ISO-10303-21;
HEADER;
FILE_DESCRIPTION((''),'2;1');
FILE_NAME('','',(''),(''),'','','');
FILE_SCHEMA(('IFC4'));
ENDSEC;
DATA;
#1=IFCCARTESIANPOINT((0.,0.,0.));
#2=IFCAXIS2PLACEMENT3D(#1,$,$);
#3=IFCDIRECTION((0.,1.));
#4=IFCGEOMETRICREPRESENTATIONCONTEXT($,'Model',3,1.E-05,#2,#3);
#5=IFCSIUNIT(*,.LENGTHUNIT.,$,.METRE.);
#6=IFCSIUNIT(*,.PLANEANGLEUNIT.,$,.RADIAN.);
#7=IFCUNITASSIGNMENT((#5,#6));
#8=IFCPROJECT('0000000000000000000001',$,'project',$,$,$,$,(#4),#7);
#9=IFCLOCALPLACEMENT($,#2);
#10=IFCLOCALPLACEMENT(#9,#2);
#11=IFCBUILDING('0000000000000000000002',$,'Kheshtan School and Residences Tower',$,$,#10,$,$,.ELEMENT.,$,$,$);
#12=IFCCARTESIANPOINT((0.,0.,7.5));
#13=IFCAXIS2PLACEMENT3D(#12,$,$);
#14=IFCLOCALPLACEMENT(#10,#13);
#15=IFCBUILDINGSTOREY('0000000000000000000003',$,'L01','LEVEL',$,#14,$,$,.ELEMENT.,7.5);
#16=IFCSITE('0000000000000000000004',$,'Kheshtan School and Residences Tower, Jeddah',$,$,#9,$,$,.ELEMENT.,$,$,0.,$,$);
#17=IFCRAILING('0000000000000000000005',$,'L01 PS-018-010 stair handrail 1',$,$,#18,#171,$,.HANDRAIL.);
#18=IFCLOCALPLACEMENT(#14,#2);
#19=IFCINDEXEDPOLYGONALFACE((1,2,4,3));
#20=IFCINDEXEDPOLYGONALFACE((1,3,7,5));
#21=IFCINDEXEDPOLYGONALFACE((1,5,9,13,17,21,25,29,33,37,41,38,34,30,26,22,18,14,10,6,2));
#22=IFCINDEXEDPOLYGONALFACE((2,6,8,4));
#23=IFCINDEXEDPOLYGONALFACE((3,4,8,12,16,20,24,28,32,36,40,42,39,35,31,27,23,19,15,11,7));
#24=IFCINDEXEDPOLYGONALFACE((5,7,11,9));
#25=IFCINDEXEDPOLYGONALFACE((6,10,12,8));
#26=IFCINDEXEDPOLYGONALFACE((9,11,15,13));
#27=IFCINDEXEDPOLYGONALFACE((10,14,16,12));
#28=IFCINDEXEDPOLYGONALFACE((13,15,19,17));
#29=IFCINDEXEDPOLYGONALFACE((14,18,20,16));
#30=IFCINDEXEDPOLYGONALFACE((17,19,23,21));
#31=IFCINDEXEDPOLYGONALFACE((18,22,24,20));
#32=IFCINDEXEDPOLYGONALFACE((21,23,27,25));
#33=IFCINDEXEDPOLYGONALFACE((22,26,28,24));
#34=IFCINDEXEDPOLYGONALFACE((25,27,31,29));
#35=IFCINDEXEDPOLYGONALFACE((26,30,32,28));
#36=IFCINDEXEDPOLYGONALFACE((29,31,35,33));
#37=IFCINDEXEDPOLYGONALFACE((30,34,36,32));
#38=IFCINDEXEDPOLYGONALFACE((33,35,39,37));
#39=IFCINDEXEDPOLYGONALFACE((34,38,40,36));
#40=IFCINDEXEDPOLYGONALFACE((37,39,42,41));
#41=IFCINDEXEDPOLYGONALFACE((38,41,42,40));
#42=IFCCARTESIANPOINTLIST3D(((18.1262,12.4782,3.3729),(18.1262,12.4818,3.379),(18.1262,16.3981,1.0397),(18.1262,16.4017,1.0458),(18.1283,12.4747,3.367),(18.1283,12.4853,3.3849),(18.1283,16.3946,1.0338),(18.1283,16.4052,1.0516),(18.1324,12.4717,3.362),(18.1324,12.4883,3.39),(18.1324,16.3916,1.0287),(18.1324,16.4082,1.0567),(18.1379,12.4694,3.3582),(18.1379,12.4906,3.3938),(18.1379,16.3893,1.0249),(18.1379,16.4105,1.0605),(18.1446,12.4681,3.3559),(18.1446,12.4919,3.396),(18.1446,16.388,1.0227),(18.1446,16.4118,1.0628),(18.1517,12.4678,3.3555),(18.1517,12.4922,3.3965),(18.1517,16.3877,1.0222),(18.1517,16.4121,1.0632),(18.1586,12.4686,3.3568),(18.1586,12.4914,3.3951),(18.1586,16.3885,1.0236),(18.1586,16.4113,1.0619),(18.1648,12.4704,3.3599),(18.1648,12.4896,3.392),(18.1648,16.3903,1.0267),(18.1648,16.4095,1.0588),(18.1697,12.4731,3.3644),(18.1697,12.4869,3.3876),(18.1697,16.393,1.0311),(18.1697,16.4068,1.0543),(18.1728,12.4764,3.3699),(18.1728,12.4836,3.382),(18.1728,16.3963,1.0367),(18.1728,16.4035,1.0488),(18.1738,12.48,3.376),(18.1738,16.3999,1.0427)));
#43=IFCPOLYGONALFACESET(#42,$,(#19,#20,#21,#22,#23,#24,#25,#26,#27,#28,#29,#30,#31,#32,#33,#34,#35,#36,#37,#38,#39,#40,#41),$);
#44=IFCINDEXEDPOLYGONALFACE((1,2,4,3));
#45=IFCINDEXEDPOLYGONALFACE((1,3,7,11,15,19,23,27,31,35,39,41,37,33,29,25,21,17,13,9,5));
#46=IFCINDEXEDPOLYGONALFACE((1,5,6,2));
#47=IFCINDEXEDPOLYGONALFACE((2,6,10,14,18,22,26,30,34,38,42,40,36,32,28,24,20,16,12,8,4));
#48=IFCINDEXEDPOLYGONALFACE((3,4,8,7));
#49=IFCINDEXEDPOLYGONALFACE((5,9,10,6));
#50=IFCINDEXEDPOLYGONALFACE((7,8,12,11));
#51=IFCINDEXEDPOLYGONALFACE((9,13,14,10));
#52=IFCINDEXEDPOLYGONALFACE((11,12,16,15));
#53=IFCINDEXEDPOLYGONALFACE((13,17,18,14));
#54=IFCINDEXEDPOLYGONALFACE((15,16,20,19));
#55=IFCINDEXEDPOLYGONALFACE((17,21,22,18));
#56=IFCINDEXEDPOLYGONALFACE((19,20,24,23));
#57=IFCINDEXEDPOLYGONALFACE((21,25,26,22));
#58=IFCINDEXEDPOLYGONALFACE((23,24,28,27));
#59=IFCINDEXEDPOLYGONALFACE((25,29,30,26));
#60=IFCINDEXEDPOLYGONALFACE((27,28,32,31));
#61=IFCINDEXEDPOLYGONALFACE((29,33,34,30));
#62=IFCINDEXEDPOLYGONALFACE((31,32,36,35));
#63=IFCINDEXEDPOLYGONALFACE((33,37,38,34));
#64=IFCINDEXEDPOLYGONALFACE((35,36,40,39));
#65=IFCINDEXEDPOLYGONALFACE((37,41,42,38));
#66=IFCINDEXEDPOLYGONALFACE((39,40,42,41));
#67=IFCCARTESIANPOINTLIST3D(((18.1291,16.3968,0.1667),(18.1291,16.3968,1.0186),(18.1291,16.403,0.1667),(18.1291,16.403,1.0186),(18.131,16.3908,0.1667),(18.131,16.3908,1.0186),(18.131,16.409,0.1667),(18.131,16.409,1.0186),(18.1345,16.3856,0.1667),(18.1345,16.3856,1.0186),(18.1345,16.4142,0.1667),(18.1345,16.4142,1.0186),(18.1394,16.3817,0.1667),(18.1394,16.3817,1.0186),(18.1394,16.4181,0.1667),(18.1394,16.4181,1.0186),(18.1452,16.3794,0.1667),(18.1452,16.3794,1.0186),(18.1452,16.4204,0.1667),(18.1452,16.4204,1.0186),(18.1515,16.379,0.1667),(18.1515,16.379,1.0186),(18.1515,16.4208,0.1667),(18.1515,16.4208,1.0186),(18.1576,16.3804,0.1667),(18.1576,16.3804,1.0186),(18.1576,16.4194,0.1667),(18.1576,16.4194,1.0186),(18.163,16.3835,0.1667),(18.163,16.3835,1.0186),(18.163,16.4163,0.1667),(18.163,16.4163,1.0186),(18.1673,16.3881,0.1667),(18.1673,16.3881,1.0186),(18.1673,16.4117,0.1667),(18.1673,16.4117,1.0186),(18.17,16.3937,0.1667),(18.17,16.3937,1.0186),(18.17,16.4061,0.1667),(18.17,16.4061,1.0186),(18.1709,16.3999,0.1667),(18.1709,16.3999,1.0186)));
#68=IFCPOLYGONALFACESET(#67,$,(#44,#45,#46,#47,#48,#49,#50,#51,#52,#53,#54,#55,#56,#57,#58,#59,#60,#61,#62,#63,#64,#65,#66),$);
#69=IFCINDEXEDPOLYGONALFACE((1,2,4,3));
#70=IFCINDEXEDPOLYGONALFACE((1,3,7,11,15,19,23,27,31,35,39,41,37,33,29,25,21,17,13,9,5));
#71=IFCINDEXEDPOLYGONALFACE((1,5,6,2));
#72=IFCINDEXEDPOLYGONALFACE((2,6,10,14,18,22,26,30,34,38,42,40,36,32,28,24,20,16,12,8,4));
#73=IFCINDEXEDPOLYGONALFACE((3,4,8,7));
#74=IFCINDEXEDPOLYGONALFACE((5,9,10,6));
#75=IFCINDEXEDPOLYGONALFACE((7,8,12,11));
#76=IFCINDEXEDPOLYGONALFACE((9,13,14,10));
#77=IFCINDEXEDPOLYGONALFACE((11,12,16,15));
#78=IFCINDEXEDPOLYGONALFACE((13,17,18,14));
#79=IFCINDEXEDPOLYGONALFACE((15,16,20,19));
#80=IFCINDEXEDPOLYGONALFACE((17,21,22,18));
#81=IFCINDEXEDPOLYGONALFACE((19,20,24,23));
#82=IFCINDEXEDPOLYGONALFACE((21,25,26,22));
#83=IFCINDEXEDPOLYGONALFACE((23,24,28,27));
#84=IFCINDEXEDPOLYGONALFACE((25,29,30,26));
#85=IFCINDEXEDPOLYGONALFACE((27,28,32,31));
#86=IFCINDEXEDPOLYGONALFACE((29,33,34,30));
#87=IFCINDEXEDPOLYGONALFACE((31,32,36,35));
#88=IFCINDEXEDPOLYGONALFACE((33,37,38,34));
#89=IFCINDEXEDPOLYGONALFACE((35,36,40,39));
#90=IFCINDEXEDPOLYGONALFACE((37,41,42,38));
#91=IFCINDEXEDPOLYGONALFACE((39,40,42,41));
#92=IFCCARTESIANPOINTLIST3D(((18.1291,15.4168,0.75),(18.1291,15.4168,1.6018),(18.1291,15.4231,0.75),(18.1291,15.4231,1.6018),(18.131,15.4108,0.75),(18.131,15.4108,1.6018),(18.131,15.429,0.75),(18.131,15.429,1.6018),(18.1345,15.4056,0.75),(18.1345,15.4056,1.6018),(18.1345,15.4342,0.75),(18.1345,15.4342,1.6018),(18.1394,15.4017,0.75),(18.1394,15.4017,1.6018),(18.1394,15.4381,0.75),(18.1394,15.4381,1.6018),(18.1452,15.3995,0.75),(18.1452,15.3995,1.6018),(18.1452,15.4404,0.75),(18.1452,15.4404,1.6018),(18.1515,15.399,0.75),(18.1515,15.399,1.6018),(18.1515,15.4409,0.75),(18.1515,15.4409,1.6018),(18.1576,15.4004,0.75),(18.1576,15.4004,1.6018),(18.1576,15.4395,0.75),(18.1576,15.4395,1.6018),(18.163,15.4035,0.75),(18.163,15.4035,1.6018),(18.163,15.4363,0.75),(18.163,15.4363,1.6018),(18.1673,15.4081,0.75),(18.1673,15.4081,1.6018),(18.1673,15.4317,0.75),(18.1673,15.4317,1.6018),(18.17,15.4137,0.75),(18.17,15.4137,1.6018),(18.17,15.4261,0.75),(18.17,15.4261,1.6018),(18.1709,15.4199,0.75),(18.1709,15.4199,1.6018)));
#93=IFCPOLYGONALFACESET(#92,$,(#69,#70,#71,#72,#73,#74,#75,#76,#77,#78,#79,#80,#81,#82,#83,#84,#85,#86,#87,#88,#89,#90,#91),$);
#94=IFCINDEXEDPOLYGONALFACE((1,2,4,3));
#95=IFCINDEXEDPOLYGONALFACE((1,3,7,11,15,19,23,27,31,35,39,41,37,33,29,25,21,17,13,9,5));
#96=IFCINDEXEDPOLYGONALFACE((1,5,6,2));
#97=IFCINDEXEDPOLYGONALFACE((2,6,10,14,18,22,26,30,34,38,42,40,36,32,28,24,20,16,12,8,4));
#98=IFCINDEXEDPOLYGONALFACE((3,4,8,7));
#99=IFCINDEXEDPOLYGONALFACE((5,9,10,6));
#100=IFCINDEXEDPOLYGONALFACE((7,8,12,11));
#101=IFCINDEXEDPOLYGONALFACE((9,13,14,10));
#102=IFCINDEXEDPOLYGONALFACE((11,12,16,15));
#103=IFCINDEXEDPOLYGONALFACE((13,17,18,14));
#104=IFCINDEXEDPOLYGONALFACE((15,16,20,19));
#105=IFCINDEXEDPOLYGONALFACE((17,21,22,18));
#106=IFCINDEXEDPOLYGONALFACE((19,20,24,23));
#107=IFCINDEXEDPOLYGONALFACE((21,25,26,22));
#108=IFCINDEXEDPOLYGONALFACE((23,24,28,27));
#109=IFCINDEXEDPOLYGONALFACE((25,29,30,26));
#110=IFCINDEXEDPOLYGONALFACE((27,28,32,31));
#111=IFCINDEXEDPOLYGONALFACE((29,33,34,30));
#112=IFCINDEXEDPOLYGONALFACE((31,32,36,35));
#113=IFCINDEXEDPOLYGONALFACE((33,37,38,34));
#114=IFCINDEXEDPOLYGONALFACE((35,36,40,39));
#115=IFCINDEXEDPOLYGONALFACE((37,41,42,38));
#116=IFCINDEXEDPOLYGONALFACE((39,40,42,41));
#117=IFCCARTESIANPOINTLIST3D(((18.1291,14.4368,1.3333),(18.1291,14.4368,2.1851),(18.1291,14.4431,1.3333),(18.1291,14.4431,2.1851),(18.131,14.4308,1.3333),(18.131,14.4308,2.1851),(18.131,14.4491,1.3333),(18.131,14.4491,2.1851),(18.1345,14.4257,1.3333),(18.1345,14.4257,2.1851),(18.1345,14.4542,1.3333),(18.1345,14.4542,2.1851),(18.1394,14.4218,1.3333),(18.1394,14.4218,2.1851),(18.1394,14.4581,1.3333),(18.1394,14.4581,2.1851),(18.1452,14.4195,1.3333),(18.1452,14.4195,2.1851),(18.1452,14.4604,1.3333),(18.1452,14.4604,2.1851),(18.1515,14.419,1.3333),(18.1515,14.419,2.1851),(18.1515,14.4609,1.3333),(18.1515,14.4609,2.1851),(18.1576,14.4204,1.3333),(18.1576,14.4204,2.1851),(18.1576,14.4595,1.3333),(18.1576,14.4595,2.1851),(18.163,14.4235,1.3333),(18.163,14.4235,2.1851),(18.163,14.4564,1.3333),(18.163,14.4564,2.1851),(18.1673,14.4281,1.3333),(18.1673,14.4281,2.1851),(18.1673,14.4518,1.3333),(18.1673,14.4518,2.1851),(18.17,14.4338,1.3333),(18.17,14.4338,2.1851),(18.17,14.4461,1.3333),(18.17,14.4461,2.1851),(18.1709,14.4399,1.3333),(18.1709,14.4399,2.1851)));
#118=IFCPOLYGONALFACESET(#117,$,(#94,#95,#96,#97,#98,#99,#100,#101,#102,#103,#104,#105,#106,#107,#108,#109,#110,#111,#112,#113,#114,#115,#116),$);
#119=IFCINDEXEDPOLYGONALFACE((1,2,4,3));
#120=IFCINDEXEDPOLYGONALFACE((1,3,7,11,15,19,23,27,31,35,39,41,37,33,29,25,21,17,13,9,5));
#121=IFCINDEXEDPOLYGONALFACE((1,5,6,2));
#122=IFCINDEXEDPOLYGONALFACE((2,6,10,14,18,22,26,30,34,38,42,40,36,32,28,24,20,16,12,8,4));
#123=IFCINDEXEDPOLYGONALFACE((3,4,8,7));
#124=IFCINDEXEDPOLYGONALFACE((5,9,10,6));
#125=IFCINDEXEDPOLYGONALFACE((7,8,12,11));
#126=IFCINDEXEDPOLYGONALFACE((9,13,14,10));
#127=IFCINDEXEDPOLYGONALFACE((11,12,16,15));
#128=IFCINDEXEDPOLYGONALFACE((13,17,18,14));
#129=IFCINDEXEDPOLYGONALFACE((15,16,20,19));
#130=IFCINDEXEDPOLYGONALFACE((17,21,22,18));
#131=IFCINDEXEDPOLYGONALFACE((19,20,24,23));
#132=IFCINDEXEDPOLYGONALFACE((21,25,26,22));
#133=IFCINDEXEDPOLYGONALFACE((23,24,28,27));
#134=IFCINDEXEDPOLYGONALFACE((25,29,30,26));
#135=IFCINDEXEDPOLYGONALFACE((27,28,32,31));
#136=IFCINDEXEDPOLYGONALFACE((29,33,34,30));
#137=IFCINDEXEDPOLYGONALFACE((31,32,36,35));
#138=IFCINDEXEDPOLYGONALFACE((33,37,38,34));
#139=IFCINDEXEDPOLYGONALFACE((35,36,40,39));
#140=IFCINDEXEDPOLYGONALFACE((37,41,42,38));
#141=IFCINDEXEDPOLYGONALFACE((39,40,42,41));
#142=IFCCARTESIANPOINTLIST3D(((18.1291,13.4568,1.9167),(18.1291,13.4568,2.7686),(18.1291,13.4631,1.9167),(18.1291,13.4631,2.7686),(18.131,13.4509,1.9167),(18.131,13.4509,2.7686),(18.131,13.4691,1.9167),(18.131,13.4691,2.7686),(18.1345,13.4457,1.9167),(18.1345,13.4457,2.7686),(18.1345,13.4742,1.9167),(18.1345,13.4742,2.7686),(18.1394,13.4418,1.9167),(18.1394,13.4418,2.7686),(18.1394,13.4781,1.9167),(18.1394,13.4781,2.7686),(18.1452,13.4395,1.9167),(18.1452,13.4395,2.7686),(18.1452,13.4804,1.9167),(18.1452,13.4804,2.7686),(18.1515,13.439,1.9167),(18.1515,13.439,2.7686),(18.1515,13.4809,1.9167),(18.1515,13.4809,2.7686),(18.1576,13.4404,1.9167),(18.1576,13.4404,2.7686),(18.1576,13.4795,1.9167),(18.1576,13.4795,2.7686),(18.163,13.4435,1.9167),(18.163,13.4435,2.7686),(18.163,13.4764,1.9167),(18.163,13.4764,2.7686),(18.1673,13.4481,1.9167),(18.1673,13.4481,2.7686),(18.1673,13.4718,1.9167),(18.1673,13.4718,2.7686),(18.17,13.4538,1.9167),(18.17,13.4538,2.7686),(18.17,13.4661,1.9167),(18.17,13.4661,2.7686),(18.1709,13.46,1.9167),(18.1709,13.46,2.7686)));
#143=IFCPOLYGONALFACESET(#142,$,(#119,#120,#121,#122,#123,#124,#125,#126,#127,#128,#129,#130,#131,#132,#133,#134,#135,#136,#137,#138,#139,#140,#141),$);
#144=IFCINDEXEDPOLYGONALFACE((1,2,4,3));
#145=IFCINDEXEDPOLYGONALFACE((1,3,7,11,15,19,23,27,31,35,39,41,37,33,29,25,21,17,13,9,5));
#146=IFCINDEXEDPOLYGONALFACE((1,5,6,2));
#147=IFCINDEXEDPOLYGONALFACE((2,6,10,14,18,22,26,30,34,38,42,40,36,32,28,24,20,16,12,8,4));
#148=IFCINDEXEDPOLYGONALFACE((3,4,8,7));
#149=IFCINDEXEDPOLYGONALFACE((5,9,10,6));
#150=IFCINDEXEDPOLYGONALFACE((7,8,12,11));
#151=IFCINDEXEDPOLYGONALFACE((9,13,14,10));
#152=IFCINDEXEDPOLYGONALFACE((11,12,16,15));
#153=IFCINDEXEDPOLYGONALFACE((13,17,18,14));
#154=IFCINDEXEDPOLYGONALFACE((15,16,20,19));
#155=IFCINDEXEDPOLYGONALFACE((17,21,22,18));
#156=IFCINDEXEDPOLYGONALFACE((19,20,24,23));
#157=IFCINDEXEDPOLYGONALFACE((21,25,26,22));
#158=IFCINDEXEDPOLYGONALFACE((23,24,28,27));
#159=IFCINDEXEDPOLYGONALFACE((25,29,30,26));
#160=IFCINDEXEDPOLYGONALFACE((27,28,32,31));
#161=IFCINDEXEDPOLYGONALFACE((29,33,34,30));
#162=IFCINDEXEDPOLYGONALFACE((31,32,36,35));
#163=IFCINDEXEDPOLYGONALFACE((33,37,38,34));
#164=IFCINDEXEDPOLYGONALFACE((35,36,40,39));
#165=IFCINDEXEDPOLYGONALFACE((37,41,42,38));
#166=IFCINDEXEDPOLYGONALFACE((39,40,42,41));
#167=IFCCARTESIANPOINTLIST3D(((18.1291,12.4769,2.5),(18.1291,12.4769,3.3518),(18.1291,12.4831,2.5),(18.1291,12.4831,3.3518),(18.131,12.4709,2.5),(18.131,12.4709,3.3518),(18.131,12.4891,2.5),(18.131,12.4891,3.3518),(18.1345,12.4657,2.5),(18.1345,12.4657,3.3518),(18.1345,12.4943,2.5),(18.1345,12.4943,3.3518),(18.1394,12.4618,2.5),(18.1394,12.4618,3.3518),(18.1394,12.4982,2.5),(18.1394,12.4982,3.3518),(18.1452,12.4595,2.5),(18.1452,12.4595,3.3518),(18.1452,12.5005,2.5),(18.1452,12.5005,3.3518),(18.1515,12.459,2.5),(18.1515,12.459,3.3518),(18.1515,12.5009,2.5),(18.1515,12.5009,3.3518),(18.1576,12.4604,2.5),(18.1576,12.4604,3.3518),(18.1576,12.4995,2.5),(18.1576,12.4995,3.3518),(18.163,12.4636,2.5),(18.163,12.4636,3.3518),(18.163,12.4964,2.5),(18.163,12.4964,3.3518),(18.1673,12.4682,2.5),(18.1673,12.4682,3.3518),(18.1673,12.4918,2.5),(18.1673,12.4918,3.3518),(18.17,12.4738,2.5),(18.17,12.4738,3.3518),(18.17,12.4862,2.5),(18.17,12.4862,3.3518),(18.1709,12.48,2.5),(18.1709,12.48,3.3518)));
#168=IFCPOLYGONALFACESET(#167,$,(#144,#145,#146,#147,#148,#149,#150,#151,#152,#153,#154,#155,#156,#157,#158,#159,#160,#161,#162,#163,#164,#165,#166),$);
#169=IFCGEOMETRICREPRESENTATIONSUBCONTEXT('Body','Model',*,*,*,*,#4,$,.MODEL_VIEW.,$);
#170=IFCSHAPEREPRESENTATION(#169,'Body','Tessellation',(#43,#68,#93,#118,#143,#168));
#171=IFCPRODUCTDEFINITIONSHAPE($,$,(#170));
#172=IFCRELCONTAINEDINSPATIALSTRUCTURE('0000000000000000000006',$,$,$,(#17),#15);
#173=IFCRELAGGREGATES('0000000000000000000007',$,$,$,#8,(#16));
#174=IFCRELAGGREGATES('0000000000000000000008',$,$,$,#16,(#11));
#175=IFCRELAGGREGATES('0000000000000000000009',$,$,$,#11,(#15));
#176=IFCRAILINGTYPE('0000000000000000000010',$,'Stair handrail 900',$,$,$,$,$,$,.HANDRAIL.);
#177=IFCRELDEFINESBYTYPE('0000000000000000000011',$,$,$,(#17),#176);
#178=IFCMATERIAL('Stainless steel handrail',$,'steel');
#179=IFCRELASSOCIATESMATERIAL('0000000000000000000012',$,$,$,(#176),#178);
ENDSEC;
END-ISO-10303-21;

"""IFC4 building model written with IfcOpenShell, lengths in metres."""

from ifc_helpers import new_model, si_unit, direction, frame, origin, origin_2d, place, context, subcontext, project, spatial, circle, extrude, material, type_object, element, save


model = new_model("IFC4")

# Units and contexts
model_context = context("Model", 3, precision=1e-05, world=origin(), true_north=direction((0.0, 1.0)))
body_context = subcontext(model_context, "Body", "Model", "MODEL_VIEW")
ifc_project = project(units=[si_unit("LENGTHUNIT", "METRE"), si_unit("PLANEANGLEUNIT", "RADIAN")], contexts=[model_context])

# Site, building, storey
site_placement = place(None, origin())
site = spatial("IfcSite", under=ifc_project, at=site_placement, Name="Kheshtan School and Residences Tower, Jeddah", CompositionType="ELEMENT", RefElevation=0.0)
building_placement = place(site_placement, origin())
building = spatial("IfcBuilding", under=site, at=building_placement, Name="Kheshtan School and Residences Tower", CompositionType="ELEMENT")
storey_placement = place(building_placement, frame((0.0, 0.0, 7.5)))
storey = spatial("IfcBuildingStorey", under=building, at=storey_placement, Name="L01", Description="LEVEL", CompositionType="ELEMENT", Elevation=7.5)

# Railing
ifc_material_1 = material(Name="Stainless steel handrail", Category="steel")
railing_type_1 = type_object("IfcRailingType", Name="Stair handrail 900", PredefinedType="HANDRAIL", material=ifc_material_1)
railing_1_placement = place(storey_placement, frame((18.1499, 16.3999, 0.1667)))
element("IfcRailing", 1, at=railing_1_placement, inside=storey, type_object=railing_type_1, Name="L01 PS-018-010 stair handrail 1", PredefinedType="HANDRAIL", context=body_context, shape_type="SweptSolid", body=[
    extrude(circle(Radius=0.0239, at=origin_2d()), frame((0.0, 0.0, 0.876), z_axis=(0.0, -0.859296, 0.511478), x_axis=(1.0, 0.0, 0.0)), (0.0, 0.0, 1.0), 4.5618),
    extrude(circle(Radius=0.021, at=origin_2d()), origin(), (0.0, 0.0, 1.0), 0.8518),
    extrude(circle(Radius=0.021, at=origin_2d()), frame((0.0, -0.98, 0.5833)), (0.0, 0.0, 1.0), 0.8518),
    extrude(circle(Radius=0.021, at=origin_2d()), frame((0.0, -1.96, 1.1665)), (0.0, 0.0, 1.0), 0.8518),
    extrude(circle(Radius=0.021, at=origin_2d()), frame((0.0, -2.9399, 1.75)), (0.0, 0.0, 1.0), 0.8518),
    extrude(circle(Radius=0.021, at=origin_2d()), frame((0.0, -3.9199, 2.3333)), (0.0, 0.0, 1.0), 0.8518),
])

save(model, "model.ifc")
